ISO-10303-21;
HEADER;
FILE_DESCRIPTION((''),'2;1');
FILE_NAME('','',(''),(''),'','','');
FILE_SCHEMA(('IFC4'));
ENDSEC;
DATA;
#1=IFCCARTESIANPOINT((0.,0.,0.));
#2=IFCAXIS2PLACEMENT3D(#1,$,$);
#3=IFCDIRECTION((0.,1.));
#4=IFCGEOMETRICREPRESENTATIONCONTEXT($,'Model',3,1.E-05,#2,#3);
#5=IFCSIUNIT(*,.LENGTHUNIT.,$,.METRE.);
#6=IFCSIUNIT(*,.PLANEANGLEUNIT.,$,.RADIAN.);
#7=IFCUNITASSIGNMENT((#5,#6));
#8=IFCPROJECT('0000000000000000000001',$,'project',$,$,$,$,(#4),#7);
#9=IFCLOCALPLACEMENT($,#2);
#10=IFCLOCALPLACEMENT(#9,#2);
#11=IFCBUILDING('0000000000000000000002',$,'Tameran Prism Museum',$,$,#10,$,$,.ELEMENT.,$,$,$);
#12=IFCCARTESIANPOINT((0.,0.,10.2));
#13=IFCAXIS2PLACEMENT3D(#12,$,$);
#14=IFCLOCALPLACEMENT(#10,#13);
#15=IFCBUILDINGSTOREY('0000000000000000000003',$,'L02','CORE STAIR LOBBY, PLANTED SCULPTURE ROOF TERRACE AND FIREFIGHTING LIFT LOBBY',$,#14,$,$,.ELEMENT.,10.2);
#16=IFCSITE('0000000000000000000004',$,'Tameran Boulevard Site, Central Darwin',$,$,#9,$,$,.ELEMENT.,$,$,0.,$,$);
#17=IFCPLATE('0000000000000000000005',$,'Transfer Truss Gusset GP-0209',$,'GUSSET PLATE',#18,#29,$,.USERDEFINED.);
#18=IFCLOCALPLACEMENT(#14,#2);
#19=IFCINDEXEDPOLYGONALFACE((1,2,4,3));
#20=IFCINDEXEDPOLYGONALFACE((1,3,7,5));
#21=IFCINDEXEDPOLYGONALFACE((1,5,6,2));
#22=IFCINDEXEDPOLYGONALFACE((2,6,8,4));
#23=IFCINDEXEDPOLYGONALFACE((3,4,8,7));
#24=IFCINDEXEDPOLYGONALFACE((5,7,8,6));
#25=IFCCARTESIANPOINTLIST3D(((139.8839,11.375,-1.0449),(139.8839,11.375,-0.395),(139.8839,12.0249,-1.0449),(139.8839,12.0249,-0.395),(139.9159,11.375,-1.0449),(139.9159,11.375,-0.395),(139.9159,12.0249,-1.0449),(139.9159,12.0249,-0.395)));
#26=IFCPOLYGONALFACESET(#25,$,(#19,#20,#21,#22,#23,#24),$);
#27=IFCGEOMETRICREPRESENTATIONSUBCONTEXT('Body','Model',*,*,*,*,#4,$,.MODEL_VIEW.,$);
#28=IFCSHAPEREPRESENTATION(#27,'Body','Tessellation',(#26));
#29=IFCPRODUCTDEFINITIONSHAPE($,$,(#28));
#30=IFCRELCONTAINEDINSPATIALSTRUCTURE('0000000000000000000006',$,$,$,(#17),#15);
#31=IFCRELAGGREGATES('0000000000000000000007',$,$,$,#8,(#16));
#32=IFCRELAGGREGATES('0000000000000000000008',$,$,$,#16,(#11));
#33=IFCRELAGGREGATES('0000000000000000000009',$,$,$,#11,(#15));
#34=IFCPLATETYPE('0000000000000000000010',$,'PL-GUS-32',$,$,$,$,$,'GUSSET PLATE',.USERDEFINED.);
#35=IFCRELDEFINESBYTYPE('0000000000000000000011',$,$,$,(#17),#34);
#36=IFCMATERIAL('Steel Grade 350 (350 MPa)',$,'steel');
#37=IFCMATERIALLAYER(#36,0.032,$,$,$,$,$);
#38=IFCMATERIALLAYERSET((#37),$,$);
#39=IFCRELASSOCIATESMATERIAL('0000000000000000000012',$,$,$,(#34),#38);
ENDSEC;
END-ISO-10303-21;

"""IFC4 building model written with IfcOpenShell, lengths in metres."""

from ifc_helpers import new_model, si_unit, direction, frame, origin, origin_2d, place, context, subcontext, project, spatial, rectangle, extrude, material, layer, layer_set, type_object, element, save


model = new_model("IFC4")

# Units and contexts
model_context = context("Model", 3, precision=1e-05, world=origin(), true_north=direction((0.0, 1.0)))
body_context = subcontext(model_context, "Body", "Model", "MODEL_VIEW")
ifc_project = project(units=[si_unit("LENGTHUNIT", "METRE"), si_unit("PLANEANGLEUNIT", "RADIAN")], contexts=[model_context])

# Site, building, storey
site_placement = place(None, origin())
site = spatial("IfcSite", under=ifc_project, at=site_placement, Name="Tameran Boulevard Site, Central Darwin", CompositionType="ELEMENT", RefElevation=0.0)
building_placement = place(site_placement, origin())
building = spatial("IfcBuilding", under=site, at=building_placement, Name="Tameran Prism Museum", CompositionType="ELEMENT")
storey_placement = place(building_placement, frame((0.0, 0.0, 10.2)))
storey = spatial("IfcBuildingStorey", under=building, at=storey_placement, Name="L02", Description="CORE STAIR LOBBY, PLANTED SCULPTURE ROOF TERRACE AND FIREFIGHTING LIFT LOBBY", CompositionType="ELEMENT", Elevation=10.2)

# Plate
ifc_material_1 = material(Name="Steel Grade 350 (350 MPa)", Category="steel")
ifc_layer = layer(ifc_material_1, 0.032)
ifc_layer_set = layer_set([ifc_layer])
plate_type = type_object("IfcPlateType", Name="PL-GUS-32", ElementType="GUSSET PLATE", PredefinedType="USERDEFINED", material=ifc_layer_set)
for number, where, z_axis, x_axis, name in (
    (1, (139.8999, 11.7, -1.0449), (0.0, 0.0, 1.0), (1.0, 0.0, 0.0), "Transfer Truss Gusset GP-0209"),
):
    element("IfcPlate", number, at=place(storey_placement, frame(where, z_axis=z_axis, x_axis=x_axis)), inside=storey, type_object=plate_type, Name=name, ObjectType="GUSSET PLATE", PredefinedType="USERDEFINED", context=body_context, shape_type="SweptSolid", body=[
        extrude(rectangle(XDim=0.032, YDim=0.6499, at=origin_2d()), origin(), (0.0, 0.0, 1.0), 0.6499),
    ])

save(model, "model.ifc")
